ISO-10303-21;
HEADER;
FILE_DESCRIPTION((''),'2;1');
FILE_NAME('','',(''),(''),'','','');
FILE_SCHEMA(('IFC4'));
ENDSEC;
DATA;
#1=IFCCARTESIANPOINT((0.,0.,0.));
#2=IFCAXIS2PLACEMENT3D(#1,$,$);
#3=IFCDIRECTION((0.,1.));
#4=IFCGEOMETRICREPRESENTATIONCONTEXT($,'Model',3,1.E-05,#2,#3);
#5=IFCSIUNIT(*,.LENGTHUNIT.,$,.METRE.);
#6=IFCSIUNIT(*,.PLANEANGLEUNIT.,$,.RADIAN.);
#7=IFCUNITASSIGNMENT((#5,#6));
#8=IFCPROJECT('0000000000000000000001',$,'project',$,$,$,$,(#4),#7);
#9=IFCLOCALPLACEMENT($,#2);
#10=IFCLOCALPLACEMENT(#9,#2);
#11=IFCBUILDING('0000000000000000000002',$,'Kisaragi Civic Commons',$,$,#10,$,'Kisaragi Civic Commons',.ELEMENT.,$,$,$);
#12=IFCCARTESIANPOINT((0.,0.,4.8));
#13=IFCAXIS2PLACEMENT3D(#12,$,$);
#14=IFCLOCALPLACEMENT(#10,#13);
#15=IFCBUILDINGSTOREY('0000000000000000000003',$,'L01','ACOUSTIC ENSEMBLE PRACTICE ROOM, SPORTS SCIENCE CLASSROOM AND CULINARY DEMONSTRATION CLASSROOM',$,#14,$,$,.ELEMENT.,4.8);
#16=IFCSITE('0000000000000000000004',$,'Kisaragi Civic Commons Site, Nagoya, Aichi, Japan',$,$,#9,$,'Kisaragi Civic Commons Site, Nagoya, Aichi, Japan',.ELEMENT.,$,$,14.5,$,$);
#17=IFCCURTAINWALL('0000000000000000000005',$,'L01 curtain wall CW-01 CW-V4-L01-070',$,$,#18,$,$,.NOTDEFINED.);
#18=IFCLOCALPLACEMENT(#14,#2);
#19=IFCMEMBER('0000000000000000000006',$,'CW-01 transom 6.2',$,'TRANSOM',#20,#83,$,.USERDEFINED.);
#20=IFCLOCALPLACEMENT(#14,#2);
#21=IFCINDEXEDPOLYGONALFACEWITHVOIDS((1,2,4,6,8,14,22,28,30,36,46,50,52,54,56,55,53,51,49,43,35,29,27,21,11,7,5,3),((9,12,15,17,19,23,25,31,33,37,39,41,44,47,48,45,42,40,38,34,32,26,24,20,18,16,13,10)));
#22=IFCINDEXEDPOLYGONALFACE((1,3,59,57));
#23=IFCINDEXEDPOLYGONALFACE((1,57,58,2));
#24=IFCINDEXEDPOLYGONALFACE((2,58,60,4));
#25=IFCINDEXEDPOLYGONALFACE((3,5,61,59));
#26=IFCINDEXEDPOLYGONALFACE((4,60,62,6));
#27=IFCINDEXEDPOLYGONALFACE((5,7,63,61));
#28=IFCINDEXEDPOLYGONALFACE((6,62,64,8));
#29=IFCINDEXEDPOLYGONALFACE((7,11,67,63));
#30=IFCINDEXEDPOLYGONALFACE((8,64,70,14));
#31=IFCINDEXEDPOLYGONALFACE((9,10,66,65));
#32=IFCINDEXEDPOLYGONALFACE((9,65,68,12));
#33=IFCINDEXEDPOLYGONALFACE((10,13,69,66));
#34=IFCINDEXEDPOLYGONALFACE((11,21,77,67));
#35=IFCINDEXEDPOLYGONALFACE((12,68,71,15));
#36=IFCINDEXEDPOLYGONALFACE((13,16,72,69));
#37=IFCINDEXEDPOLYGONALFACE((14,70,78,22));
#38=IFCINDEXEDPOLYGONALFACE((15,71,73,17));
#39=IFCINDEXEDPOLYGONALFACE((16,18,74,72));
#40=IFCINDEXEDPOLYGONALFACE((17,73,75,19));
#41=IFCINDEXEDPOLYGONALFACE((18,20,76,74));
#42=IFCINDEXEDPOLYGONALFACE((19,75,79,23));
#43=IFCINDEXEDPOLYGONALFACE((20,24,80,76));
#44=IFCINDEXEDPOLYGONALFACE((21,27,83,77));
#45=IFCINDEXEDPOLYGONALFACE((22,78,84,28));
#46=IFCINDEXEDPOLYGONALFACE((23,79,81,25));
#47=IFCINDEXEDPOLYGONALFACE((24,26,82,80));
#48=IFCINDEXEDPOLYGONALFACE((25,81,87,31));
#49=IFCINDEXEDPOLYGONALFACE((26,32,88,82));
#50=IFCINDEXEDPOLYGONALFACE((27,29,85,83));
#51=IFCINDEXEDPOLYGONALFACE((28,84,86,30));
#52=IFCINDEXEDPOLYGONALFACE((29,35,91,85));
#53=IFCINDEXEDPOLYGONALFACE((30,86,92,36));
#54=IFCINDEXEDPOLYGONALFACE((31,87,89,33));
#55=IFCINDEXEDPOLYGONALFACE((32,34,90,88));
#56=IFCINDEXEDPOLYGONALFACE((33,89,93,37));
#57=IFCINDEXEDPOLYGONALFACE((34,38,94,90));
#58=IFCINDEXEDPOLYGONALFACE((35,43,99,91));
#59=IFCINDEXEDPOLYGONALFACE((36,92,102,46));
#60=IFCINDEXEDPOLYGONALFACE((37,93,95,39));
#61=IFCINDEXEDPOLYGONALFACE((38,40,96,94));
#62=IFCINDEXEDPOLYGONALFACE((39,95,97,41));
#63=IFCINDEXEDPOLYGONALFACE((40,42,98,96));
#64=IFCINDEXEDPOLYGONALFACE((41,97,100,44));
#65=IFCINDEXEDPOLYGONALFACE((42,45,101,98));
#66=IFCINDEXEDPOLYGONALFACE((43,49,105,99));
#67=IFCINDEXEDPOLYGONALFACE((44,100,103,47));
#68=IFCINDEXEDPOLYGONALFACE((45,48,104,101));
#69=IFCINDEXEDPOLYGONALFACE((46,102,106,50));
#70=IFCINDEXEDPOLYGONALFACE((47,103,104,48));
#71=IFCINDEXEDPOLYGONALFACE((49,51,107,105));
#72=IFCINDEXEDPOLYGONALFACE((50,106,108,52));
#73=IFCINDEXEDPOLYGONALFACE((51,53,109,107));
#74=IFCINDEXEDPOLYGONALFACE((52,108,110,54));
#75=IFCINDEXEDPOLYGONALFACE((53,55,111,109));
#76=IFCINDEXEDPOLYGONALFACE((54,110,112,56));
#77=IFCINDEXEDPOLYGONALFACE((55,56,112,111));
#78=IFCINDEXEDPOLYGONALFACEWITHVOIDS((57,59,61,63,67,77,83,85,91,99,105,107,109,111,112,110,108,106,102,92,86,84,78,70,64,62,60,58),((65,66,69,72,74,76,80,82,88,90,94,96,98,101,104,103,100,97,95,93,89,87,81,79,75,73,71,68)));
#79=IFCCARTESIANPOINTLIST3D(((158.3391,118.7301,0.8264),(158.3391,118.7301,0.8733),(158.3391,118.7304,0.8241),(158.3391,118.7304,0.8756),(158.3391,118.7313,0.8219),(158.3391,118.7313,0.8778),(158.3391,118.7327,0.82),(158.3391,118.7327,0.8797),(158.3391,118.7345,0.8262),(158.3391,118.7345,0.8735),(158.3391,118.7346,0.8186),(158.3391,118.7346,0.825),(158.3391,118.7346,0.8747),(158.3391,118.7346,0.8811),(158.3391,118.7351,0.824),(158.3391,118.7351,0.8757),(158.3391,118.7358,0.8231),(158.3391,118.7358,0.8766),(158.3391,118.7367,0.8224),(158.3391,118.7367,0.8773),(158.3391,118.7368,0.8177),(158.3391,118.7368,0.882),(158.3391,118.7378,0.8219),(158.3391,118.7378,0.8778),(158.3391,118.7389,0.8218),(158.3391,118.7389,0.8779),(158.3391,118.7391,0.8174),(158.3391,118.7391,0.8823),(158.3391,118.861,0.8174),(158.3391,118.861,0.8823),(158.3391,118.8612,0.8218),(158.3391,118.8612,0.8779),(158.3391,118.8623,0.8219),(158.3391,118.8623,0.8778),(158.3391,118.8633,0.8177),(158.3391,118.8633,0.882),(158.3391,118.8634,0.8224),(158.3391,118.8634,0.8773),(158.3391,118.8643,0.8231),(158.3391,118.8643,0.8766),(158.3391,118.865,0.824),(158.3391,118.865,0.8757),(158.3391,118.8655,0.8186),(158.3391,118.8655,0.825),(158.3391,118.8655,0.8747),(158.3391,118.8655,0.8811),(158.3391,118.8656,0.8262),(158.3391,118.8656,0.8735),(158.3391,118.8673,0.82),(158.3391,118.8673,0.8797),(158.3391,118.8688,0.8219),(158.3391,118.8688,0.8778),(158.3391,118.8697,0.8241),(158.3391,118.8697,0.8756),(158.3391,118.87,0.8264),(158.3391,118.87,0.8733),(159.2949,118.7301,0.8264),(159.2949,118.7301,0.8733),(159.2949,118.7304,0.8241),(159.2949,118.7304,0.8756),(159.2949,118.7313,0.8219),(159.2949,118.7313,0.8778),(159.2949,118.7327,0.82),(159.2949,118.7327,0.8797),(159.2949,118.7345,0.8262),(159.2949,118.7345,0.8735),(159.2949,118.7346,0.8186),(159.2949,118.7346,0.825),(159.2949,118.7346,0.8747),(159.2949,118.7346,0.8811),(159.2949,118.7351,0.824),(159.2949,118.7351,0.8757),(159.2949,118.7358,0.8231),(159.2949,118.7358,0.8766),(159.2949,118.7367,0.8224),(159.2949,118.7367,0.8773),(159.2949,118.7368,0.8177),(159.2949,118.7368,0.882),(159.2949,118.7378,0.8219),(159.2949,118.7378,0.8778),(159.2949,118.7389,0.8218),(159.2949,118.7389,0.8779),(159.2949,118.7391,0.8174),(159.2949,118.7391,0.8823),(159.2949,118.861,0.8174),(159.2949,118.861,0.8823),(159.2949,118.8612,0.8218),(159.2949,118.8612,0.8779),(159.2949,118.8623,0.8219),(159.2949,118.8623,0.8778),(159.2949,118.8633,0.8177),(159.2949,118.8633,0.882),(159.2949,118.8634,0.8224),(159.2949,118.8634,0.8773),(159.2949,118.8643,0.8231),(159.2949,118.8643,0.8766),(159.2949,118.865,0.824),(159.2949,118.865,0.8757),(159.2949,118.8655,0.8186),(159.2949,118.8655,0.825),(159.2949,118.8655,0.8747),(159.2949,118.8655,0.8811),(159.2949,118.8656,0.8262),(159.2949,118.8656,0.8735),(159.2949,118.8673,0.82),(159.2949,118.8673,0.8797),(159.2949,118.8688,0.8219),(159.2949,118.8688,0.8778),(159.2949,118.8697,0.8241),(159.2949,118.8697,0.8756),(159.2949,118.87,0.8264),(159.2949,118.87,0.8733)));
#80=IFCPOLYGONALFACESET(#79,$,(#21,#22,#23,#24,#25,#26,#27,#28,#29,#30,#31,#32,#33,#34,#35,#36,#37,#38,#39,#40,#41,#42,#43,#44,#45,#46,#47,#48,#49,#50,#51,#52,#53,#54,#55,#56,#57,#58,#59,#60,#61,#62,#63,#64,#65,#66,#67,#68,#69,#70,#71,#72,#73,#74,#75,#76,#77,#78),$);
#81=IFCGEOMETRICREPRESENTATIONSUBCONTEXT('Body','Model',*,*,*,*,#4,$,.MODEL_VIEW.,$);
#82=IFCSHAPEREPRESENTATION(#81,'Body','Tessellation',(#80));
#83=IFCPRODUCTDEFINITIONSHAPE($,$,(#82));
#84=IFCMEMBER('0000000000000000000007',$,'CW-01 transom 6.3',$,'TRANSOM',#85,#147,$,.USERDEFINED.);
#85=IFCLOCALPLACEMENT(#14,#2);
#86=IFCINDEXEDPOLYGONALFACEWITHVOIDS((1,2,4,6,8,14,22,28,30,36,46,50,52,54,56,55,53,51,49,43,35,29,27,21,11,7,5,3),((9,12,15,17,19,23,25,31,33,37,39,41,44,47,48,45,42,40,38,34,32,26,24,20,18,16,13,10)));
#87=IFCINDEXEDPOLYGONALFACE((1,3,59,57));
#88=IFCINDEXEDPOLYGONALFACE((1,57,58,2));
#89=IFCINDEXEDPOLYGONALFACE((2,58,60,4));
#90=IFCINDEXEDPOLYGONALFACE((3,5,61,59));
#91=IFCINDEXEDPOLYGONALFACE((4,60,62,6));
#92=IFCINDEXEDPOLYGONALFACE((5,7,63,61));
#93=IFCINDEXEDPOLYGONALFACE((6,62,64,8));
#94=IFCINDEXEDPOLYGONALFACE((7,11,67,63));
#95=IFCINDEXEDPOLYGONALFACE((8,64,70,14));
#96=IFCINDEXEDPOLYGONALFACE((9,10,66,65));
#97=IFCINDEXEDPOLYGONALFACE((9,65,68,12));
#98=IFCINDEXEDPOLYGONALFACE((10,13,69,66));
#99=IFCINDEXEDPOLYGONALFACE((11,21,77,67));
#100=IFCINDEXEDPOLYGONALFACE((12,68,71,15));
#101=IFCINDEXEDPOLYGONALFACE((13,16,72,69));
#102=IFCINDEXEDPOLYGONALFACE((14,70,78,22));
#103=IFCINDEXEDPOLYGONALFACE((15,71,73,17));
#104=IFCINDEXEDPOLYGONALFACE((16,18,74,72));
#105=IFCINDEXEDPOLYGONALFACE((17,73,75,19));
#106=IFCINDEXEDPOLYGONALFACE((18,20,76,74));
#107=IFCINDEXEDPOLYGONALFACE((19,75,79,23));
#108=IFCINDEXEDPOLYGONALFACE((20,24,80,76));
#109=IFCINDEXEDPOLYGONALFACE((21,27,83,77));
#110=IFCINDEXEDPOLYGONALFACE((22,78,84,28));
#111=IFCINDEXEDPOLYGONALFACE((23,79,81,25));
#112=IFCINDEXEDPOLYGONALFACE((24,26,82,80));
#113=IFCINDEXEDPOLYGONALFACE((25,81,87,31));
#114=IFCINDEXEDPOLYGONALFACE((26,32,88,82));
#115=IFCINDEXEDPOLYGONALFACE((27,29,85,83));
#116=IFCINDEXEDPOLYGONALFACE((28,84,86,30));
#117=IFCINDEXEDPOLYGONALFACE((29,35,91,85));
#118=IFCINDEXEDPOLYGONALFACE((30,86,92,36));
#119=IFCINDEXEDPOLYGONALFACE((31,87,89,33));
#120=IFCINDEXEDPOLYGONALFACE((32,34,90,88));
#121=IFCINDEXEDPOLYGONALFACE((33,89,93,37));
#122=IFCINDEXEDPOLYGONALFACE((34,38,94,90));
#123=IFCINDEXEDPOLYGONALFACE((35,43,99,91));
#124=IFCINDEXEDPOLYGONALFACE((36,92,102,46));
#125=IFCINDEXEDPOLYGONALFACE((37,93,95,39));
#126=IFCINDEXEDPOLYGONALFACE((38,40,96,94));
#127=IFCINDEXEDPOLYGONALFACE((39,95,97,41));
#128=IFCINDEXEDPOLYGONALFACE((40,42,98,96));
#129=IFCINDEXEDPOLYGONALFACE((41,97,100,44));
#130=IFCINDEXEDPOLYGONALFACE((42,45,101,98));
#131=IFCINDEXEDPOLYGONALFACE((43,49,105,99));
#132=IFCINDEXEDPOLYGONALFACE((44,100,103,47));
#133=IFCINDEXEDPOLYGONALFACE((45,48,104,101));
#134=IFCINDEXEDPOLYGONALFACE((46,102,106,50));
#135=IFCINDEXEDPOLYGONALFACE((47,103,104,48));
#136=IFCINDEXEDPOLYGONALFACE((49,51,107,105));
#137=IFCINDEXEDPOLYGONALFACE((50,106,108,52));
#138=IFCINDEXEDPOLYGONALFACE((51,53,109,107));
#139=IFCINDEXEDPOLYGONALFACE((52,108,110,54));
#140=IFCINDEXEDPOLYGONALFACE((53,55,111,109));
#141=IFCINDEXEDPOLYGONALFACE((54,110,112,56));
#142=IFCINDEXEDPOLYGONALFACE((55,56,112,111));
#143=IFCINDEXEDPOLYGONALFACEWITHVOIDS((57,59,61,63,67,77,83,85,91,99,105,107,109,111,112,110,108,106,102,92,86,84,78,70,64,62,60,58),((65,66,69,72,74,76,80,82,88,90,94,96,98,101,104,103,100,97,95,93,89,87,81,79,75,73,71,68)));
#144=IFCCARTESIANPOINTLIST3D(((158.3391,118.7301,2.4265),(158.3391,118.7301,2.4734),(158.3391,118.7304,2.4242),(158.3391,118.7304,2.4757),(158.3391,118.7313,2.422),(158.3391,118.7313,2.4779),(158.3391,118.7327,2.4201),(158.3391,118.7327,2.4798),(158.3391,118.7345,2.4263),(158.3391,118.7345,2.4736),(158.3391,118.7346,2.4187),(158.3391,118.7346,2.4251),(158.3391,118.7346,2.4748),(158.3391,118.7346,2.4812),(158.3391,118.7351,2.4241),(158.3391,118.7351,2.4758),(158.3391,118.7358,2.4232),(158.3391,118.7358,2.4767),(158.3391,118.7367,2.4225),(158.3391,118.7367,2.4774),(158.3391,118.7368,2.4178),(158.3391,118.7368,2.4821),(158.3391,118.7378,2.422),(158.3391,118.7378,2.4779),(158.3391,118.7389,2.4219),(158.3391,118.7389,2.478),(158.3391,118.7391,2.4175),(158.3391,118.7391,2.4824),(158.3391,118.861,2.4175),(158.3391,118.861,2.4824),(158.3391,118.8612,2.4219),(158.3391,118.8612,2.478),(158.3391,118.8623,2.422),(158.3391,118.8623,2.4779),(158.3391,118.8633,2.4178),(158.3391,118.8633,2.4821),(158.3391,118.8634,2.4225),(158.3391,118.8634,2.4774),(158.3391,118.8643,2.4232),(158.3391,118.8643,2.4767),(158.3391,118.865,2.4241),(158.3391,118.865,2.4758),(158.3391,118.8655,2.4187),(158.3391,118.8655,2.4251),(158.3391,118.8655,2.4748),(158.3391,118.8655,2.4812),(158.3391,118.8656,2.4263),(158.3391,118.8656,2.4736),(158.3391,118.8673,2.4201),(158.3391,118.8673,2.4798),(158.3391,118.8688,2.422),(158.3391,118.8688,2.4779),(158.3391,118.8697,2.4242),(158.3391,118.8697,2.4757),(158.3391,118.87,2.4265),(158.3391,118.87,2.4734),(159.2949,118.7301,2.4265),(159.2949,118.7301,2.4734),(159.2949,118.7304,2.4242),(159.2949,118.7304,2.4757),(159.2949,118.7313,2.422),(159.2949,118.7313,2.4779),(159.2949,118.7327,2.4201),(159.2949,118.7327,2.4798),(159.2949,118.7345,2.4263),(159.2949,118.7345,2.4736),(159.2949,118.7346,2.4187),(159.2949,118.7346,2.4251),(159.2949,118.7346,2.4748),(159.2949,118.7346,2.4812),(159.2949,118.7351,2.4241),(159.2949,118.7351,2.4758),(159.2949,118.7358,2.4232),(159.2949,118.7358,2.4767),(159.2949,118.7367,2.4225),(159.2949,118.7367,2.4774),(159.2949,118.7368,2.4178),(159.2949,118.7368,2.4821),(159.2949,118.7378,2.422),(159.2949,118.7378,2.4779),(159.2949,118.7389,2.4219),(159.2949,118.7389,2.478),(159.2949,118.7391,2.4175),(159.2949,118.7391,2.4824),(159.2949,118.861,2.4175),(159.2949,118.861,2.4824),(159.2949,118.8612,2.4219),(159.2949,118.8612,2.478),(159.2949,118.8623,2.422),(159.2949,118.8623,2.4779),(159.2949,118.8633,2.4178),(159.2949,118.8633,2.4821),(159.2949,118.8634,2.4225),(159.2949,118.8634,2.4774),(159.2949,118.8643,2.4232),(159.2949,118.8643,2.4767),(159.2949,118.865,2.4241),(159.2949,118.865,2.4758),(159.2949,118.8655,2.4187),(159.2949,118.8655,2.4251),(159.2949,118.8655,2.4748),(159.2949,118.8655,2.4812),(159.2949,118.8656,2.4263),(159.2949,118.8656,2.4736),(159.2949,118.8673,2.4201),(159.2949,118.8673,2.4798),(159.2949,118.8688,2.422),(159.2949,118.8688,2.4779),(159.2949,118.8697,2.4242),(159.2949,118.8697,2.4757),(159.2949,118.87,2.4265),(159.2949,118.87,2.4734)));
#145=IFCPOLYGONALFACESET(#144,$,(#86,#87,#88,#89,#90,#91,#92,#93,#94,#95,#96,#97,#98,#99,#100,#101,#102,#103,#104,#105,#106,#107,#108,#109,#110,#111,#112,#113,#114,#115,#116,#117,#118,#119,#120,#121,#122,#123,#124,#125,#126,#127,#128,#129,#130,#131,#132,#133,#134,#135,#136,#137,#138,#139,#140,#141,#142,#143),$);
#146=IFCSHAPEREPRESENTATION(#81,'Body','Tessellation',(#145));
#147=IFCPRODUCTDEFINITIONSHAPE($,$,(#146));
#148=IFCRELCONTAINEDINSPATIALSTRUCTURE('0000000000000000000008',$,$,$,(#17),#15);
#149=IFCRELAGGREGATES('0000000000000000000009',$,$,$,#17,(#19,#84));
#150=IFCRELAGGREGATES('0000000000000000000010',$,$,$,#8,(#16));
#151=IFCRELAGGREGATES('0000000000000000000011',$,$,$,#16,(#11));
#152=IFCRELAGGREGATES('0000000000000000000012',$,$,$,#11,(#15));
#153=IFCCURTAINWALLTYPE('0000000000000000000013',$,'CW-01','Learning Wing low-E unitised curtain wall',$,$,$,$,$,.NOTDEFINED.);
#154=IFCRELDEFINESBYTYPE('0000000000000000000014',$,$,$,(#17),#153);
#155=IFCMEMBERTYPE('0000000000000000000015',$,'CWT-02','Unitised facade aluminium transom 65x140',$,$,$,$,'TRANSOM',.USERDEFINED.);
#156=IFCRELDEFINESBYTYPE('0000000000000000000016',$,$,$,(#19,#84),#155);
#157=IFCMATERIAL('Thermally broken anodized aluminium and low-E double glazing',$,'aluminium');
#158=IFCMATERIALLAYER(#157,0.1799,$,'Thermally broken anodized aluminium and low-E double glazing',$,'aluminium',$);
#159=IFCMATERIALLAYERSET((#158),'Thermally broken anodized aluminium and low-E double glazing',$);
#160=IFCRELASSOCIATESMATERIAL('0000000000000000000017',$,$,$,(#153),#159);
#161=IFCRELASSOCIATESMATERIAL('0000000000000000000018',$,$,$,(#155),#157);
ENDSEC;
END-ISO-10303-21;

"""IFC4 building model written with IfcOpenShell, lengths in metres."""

from ifc_helpers import new_model, si_unit, direction, frame, origin, origin_2d, place, context, subcontext, project, spatial, hollow_rectangle, extrude, material, layer, layer_set, material_profile, profile_set, type_object, element, aggregate, save


model = new_model("IFC4")

# Units and contexts
model_context = context("Model", 3, precision=1e-05, world=origin(), true_north=direction((0.0, 1.0)))
body_context = subcontext(model_context, "Body", "Model", "MODEL_VIEW")
ifc_project = project(units=[si_unit("LENGTHUNIT", "METRE"), si_unit("PLANEANGLEUNIT", "RADIAN")], contexts=[model_context])

# Site, building, storey
site_placement = place(None, origin())
site = spatial("IfcSite", under=ifc_project, at=site_placement, Name="Kisaragi Civic Commons Site, Nagoya, Aichi, Japan", LongName="Kisaragi Civic Commons Site, Nagoya, Aichi, Japan", CompositionType="ELEMENT", RefElevation=14.5)
building_placement = place(site_placement, origin())
building = spatial("IfcBuilding", under=site, at=building_placement, Name="Kisaragi Civic Commons", LongName="Kisaragi Civic Commons", CompositionType="ELEMENT")
storey_placement = place(building_placement, frame((0.0, 0.0, 4.8)))
storey = spatial("IfcBuildingStorey", under=building, at=storey_placement, Name="L01", Description="ACOUSTIC ENSEMBLE PRACTICE ROOM, SPORTS SCIENCE CLASSROOM AND CULINARY DEMONSTRATION CLASSROOM", CompositionType="ELEMENT", Elevation=4.8)

# Curtain wall
ifc_material_1 = material(Name="Thermally broken anodized aluminium and low-E double glazing", Category="aluminium")
ifc_layer_1 = layer(ifc_material_1, 0.1799, Name="Thermally broken anodized aluminium and low-E double glazing", Category="aluminium")
ifc_layer_set_1 = layer_set([ifc_layer_1], Name="Thermally broken anodized aluminium and low-E double glazing")
curtain_wall_type = type_object("IfcCurtainWallType", Name="CW-01", Description="Learning Wing low-E unitised curtain wall", PredefinedType="NOTDEFINED", material=ifc_layer_set_1)
curtain_wall_1_placement = place(storey_placement, origin())
curtain_wall_1 = element("IfcCurtainWall", 1, at=curtain_wall_1_placement, inside=storey, type_object=curtain_wall_type, Name="L01 curtain wall CW-01 CW-V4-L01-070", PredefinedType="NOTDEFINED")

# Members
ifc_material_profile_1 = material_profile(ifc_material_1, hollow_rectangle(XDim=0.1399, YDim=0.0649, WallThickness=0.0044, InnerFilletRadius=0.0044, OuterFilletRadius=0.009, at=origin_2d()), Name="CWT-65x140x4.5", Category="aluminium")
ifc_profile_set_1 = profile_set([ifc_material_profile_1], Name="Thermally broken anodized aluminium and low-E double glazing")
member_type_1 = type_object("IfcMemberType", Name="CWT-02", Description="Unitised facade aluminium transom 65x140", ElementType="TRANSOM", PredefinedType="USERDEFINED", material=ifc_profile_set_1)
member_1_placement = place(storey_placement, frame((158.3391, 118.8, 0.8499), z_axis=(1.0, 0.0, 0.0), x_axis=(0.0, 1.0, 0.0)))
member_1 = element("IfcMember", 2, at=member_1_placement, type_object=member_type_1, Name="CW-01 transom 6.2", ObjectType="TRANSOM", PredefinedType="USERDEFINED", context=body_context, shape_type="SweptSolid", body=[
    extrude(hollow_rectangle(XDim=0.1399, YDim=0.0649, WallThickness=0.0044, InnerFilletRadius=0.0044, OuterFilletRadius=0.009, at=origin_2d()), origin(), (0.0, 0.0, 1.0), 0.9558),
])
member_2_placement = place(storey_placement, frame((158.3391, 118.8, 2.45), z_axis=(1.0, 0.0, 0.0), x_axis=(0.0, 1.0, 0.0)))
member_2 = element("IfcMember", 3, at=member_2_placement, type_object=member_type_1, Name="CW-01 transom 6.3", ObjectType="TRANSOM", PredefinedType="USERDEFINED", context=body_context, shape_type="SweptSolid", body=[
    extrude(hollow_rectangle(XDim=0.1399, YDim=0.0649, WallThickness=0.0044, InnerFilletRadius=0.0044, OuterFilletRadius=0.009, at=origin_2d()), origin(), (0.0, 0.0, 1.0), 0.9558),
])

aggregate(curtain_wall_1, [member_1, member_2])

save(model, "model.ifc")
